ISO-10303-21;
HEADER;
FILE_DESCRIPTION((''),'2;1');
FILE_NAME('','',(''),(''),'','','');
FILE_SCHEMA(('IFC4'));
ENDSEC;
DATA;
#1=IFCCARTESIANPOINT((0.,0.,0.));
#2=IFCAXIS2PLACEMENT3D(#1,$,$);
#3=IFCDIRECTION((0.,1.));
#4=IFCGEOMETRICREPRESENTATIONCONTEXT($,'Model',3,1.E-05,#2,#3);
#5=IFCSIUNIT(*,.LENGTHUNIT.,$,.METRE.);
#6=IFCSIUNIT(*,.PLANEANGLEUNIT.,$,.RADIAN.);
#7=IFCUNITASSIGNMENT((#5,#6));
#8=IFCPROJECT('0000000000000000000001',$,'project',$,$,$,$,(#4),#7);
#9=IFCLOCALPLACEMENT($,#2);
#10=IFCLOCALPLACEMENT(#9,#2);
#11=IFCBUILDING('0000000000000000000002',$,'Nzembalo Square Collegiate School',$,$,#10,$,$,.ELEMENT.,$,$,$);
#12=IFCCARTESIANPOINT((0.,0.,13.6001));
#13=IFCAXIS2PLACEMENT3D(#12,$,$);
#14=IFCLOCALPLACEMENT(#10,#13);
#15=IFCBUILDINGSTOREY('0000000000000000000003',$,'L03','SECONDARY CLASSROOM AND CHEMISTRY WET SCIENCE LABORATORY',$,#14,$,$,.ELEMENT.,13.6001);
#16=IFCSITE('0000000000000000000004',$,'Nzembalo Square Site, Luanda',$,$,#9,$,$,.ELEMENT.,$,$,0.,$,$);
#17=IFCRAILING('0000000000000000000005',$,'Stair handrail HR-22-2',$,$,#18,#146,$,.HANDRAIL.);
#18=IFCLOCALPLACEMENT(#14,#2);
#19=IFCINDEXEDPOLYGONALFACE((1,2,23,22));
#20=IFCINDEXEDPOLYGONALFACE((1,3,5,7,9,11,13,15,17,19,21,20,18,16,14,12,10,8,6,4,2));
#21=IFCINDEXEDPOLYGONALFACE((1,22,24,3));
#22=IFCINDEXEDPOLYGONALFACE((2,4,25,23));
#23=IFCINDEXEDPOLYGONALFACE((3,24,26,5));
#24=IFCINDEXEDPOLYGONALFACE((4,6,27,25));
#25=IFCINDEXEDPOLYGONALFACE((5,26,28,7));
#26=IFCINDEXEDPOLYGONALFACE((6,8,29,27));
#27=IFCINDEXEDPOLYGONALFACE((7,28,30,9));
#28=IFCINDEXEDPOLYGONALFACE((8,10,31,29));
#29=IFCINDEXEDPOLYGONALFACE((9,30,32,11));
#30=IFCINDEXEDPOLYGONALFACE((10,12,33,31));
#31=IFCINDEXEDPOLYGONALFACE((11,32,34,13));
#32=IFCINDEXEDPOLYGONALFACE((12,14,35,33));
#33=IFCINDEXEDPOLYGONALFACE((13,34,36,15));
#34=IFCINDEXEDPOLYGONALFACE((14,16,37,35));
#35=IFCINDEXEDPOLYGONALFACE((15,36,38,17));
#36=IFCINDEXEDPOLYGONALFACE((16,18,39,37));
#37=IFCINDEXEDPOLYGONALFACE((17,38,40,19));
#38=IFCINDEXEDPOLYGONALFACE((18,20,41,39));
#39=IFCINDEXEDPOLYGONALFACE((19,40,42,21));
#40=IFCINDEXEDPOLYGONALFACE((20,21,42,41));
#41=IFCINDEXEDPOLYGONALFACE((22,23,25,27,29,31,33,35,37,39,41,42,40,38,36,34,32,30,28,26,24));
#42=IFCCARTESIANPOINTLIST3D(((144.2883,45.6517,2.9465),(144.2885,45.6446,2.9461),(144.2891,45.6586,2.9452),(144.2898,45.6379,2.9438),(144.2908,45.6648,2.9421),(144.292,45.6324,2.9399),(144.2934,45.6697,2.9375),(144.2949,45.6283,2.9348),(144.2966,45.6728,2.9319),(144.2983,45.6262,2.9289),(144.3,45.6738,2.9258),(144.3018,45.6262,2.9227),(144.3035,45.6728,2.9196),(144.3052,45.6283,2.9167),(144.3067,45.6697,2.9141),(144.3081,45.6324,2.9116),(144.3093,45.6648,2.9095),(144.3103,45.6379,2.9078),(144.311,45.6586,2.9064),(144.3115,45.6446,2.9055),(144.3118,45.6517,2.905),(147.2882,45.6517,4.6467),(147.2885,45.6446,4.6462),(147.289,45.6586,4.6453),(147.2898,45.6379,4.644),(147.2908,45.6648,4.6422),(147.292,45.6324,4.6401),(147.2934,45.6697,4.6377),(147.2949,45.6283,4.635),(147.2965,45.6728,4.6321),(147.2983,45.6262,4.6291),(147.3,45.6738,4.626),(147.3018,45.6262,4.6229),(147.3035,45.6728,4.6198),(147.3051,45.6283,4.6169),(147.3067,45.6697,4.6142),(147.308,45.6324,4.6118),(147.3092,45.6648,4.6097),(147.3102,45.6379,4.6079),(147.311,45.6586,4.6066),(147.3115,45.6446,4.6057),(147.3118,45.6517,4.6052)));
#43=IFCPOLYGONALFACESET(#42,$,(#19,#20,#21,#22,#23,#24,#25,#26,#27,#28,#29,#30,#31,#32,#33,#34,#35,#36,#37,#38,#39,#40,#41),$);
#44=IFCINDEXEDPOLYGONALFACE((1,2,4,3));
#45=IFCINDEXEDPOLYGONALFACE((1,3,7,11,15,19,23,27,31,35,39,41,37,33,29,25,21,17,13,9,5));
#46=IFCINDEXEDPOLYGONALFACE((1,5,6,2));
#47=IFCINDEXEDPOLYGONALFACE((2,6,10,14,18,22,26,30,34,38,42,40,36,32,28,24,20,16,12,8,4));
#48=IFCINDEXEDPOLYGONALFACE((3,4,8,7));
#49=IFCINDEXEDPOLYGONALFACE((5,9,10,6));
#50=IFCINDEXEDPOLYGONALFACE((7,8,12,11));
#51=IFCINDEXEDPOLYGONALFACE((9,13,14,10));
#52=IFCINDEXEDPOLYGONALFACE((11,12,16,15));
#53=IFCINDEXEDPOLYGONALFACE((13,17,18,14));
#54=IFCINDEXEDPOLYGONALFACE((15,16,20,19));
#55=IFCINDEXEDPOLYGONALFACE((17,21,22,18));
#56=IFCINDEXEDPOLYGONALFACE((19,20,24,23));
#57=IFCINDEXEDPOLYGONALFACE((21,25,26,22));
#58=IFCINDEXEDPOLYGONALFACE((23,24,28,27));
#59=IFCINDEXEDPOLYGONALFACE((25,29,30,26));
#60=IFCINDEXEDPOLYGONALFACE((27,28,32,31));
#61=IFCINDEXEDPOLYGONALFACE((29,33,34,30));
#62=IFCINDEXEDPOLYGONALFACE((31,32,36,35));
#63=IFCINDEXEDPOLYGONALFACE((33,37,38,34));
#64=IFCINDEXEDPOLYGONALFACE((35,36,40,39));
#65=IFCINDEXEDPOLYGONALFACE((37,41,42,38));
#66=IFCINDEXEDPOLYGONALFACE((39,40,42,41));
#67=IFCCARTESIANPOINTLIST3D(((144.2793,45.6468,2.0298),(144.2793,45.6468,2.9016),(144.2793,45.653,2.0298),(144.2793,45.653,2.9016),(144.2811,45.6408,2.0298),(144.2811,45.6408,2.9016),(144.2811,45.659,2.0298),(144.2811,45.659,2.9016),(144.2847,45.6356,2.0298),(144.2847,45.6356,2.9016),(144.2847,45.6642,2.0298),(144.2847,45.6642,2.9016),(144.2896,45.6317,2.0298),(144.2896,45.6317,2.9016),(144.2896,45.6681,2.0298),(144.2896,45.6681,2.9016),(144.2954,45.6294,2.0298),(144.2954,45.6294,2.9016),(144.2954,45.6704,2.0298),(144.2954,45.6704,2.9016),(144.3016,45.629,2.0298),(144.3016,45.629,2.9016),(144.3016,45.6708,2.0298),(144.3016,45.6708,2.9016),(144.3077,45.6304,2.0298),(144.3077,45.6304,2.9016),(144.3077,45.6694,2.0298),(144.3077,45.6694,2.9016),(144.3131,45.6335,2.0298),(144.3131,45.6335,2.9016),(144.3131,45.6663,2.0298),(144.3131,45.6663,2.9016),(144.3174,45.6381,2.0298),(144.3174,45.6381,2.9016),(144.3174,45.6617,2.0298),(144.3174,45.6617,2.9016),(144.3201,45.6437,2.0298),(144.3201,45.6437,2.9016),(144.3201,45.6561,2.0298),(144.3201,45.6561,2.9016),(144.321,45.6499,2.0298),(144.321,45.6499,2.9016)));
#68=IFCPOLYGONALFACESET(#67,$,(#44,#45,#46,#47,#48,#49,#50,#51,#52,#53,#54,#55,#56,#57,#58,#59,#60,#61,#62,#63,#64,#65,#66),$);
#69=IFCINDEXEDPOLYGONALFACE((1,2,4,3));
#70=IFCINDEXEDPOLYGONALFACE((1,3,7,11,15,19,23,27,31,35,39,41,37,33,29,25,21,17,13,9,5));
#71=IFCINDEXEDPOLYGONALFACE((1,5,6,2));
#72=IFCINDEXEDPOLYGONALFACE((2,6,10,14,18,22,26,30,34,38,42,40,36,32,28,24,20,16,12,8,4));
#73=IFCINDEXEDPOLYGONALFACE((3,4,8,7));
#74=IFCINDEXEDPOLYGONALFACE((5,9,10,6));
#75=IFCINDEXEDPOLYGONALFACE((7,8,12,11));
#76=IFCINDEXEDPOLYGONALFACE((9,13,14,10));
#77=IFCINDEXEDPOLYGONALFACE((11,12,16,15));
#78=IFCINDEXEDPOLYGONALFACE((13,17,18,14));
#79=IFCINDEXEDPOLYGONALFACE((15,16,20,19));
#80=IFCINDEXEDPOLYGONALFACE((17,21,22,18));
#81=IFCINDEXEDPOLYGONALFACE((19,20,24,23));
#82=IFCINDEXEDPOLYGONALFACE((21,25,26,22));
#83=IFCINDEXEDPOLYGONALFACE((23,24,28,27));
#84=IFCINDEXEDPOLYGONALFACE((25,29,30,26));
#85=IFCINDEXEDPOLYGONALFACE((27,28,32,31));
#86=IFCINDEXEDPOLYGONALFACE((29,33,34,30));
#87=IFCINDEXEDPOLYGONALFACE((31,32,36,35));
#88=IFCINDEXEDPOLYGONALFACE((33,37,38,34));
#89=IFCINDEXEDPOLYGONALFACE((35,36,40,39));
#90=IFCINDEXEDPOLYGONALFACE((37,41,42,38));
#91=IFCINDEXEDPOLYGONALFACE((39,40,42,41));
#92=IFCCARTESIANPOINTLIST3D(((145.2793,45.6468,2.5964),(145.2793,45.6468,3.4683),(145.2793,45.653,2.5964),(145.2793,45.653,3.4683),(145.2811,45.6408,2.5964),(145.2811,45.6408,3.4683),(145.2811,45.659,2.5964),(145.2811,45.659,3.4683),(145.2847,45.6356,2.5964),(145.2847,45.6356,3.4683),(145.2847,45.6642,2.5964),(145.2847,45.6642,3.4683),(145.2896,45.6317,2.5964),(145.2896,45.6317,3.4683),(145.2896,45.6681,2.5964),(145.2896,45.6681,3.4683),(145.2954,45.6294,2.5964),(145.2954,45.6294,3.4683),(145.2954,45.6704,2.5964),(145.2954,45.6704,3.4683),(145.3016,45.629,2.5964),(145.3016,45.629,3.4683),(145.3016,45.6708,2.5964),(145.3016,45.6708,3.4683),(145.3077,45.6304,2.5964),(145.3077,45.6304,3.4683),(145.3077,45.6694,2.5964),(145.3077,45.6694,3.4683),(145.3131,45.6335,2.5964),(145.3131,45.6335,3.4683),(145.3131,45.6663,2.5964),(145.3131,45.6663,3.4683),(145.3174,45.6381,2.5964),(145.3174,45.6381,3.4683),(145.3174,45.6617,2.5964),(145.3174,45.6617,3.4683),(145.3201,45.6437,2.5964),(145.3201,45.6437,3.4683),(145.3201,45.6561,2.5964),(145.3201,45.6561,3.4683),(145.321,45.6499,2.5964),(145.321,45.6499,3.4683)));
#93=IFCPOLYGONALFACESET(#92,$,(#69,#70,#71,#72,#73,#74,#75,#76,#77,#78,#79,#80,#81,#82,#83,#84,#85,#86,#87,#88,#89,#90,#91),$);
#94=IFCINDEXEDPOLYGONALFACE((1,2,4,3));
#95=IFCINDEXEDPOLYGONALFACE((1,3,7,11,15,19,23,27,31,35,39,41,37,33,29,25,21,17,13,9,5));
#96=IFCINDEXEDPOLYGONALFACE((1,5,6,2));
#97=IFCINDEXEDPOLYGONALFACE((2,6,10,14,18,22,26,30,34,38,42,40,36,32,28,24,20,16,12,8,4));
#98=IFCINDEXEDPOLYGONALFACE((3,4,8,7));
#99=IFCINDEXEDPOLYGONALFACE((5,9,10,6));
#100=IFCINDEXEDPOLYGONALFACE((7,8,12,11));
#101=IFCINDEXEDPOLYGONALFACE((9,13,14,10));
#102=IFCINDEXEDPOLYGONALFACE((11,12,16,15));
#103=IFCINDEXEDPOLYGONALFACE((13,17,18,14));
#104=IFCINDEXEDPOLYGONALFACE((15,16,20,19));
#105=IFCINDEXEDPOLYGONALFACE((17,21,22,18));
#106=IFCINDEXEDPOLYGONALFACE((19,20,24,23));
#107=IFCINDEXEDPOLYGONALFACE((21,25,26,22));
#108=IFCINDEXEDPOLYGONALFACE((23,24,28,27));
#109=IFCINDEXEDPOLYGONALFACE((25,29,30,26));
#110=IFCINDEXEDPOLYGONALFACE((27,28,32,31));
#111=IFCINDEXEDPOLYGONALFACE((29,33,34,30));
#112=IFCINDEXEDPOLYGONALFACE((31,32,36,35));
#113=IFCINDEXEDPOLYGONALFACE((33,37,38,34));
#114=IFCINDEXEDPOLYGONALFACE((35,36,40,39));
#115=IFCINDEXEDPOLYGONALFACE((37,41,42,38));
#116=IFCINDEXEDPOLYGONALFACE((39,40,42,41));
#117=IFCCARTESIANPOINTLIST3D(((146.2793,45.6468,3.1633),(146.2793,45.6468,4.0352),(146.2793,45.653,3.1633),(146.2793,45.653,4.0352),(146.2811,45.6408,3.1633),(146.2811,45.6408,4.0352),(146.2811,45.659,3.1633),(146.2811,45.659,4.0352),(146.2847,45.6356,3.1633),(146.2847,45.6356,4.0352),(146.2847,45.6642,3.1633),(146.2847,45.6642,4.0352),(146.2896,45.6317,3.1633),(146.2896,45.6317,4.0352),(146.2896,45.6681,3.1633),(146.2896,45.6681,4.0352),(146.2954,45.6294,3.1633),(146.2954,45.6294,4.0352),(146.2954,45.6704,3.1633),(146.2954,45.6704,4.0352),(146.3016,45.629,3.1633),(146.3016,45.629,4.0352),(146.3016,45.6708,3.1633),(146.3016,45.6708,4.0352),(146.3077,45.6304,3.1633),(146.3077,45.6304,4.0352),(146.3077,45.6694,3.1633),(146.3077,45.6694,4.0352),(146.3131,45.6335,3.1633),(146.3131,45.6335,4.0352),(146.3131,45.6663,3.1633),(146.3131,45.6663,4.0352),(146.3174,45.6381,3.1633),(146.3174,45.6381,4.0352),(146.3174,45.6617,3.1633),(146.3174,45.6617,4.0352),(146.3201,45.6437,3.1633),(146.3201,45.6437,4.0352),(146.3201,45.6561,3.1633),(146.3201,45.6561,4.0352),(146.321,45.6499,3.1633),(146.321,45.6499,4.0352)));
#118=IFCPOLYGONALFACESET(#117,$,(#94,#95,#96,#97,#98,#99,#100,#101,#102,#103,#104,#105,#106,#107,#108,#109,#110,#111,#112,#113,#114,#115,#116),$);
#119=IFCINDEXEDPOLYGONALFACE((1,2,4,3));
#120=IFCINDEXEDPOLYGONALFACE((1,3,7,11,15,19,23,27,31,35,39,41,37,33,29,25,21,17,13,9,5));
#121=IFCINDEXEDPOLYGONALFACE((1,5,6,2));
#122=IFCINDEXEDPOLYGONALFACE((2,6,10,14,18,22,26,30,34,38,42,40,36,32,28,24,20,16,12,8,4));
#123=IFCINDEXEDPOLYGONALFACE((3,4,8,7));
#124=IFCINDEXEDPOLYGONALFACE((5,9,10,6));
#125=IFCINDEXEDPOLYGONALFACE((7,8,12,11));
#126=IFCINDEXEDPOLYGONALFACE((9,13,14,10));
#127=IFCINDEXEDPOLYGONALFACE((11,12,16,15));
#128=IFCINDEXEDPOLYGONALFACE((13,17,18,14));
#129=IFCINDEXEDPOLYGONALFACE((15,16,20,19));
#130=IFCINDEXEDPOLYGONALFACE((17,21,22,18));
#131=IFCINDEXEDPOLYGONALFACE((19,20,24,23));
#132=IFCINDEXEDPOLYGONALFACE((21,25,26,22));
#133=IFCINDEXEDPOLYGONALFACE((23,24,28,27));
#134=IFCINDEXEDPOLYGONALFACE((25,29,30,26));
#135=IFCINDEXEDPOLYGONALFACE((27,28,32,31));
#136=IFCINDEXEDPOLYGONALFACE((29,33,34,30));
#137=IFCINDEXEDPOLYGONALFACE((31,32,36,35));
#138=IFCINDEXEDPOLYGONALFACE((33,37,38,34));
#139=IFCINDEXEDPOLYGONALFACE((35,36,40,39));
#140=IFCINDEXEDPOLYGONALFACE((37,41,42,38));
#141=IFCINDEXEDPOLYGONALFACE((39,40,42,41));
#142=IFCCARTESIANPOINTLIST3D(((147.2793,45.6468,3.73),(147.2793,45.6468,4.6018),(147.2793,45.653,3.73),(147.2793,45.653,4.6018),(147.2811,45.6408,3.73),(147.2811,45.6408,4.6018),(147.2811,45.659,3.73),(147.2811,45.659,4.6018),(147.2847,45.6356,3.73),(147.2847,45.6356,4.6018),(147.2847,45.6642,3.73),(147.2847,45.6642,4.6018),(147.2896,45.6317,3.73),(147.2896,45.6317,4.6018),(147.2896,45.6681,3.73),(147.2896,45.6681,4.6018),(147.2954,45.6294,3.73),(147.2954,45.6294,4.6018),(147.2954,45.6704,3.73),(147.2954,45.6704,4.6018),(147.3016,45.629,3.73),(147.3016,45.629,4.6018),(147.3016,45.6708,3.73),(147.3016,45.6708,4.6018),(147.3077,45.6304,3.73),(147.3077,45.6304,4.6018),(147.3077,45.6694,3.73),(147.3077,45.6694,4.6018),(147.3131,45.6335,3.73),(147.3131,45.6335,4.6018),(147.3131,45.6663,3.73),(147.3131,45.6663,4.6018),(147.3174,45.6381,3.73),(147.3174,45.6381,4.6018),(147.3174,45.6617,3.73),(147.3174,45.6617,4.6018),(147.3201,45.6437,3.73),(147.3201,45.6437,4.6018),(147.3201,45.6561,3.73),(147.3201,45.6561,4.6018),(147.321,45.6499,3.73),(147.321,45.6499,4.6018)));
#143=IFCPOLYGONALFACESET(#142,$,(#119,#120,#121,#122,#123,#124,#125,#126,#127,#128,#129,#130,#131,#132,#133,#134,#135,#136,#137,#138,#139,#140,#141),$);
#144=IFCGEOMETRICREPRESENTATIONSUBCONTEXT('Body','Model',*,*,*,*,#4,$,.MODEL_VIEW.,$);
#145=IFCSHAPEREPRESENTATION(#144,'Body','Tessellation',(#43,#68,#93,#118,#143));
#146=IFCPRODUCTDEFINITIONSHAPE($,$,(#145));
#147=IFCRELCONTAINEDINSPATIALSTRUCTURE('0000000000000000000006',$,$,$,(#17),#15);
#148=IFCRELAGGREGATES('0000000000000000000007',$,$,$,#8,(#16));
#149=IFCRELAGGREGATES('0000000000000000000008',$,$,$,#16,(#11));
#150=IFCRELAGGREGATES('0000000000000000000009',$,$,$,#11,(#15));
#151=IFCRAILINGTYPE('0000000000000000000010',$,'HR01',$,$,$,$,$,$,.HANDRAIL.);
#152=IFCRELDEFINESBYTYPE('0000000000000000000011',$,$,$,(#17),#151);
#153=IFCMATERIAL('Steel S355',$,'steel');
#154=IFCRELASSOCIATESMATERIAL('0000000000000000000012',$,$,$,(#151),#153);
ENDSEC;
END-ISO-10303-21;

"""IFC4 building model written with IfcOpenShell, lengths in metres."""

from ifc_helpers import new_model, si_unit, direction, frame, origin, origin_2d, place, context, subcontext, project, spatial, circle, extrude, material, type_object, element, save


model = new_model("IFC4")

# Units and contexts
model_context = context("Model", 3, precision=1e-05, world=origin(), true_north=direction((0.0, 1.0)))
body_context = subcontext(model_context, "Body", "Model", "MODEL_VIEW")
ifc_project = project(units=[si_unit("LENGTHUNIT", "METRE"), si_unit("PLANEANGLEUNIT", "RADIAN")], contexts=[model_context])

# Site, building, storey
site_placement = place(None, origin())
site = spatial("IfcSite", under=ifc_project, at=site_placement, Name="Nzembalo Square Site, Luanda", CompositionType="ELEMENT", RefElevation=0.0)
building_placement = place(site_placement, origin())
building = spatial("IfcBuilding", under=site, at=building_placement, Name="Nzembalo Square Collegiate School", CompositionType="ELEMENT")
storey_placement = place(building_placement, frame((0.0, 0.0, 13.6001)))
storey = spatial("IfcBuildingStorey", under=building, at=storey_placement, Name="L03", Description="SECONDARY CLASSROOM AND CHEMISTRY WET SCIENCE LABORATORY", CompositionType="ELEMENT", Elevation=13.6001)

# Railing
ifc_material_1 = material(Name="Steel S355", Category="steel")
railing_type_1 = type_object("IfcRailingType", Name="HR01", PredefinedType="HANDRAIL", material=ifc_material_1)
railing_1_placement = place(storey_placement, frame((144.3, 45.6499, 2.0298)))
element("IfcRailing", 1, at=railing_1_placement, inside=storey, type_object=railing_type_1, Name="Stair handrail HR-22-2", PredefinedType="HANDRAIL", context=body_context, shape_type="SweptSolid", body=[
    extrude(circle(Radius=0.0239, at=origin_2d()), frame((0.0, 0.0, 0.896), z_axis=(0.869998, 0.0, 0.493055), x_axis=(0.0, 1.0, 0.0)), (0.0, 0.0, 1.0), 3.4482),
    extrude(circle(Radius=0.021, at=origin_2d()), origin(), (0.0, 0.0, 1.0), 0.8718),
    extrude(circle(Radius=0.021, at=origin_2d()), frame((1.0, 0.0, 0.5667)), (0.0, 0.0, 1.0), 0.8718),
    extrude(circle(Radius=0.021, at=origin_2d()), frame((2.0, 0.0, 1.1335)), (0.0, 0.0, 1.0), 0.8718),
    extrude(circle(Radius=0.021, at=origin_2d()), frame((3.0, 0.0, 1.7002)), (0.0, 0.0, 1.0), 0.8718),
])

save(model, "model.ifc")
